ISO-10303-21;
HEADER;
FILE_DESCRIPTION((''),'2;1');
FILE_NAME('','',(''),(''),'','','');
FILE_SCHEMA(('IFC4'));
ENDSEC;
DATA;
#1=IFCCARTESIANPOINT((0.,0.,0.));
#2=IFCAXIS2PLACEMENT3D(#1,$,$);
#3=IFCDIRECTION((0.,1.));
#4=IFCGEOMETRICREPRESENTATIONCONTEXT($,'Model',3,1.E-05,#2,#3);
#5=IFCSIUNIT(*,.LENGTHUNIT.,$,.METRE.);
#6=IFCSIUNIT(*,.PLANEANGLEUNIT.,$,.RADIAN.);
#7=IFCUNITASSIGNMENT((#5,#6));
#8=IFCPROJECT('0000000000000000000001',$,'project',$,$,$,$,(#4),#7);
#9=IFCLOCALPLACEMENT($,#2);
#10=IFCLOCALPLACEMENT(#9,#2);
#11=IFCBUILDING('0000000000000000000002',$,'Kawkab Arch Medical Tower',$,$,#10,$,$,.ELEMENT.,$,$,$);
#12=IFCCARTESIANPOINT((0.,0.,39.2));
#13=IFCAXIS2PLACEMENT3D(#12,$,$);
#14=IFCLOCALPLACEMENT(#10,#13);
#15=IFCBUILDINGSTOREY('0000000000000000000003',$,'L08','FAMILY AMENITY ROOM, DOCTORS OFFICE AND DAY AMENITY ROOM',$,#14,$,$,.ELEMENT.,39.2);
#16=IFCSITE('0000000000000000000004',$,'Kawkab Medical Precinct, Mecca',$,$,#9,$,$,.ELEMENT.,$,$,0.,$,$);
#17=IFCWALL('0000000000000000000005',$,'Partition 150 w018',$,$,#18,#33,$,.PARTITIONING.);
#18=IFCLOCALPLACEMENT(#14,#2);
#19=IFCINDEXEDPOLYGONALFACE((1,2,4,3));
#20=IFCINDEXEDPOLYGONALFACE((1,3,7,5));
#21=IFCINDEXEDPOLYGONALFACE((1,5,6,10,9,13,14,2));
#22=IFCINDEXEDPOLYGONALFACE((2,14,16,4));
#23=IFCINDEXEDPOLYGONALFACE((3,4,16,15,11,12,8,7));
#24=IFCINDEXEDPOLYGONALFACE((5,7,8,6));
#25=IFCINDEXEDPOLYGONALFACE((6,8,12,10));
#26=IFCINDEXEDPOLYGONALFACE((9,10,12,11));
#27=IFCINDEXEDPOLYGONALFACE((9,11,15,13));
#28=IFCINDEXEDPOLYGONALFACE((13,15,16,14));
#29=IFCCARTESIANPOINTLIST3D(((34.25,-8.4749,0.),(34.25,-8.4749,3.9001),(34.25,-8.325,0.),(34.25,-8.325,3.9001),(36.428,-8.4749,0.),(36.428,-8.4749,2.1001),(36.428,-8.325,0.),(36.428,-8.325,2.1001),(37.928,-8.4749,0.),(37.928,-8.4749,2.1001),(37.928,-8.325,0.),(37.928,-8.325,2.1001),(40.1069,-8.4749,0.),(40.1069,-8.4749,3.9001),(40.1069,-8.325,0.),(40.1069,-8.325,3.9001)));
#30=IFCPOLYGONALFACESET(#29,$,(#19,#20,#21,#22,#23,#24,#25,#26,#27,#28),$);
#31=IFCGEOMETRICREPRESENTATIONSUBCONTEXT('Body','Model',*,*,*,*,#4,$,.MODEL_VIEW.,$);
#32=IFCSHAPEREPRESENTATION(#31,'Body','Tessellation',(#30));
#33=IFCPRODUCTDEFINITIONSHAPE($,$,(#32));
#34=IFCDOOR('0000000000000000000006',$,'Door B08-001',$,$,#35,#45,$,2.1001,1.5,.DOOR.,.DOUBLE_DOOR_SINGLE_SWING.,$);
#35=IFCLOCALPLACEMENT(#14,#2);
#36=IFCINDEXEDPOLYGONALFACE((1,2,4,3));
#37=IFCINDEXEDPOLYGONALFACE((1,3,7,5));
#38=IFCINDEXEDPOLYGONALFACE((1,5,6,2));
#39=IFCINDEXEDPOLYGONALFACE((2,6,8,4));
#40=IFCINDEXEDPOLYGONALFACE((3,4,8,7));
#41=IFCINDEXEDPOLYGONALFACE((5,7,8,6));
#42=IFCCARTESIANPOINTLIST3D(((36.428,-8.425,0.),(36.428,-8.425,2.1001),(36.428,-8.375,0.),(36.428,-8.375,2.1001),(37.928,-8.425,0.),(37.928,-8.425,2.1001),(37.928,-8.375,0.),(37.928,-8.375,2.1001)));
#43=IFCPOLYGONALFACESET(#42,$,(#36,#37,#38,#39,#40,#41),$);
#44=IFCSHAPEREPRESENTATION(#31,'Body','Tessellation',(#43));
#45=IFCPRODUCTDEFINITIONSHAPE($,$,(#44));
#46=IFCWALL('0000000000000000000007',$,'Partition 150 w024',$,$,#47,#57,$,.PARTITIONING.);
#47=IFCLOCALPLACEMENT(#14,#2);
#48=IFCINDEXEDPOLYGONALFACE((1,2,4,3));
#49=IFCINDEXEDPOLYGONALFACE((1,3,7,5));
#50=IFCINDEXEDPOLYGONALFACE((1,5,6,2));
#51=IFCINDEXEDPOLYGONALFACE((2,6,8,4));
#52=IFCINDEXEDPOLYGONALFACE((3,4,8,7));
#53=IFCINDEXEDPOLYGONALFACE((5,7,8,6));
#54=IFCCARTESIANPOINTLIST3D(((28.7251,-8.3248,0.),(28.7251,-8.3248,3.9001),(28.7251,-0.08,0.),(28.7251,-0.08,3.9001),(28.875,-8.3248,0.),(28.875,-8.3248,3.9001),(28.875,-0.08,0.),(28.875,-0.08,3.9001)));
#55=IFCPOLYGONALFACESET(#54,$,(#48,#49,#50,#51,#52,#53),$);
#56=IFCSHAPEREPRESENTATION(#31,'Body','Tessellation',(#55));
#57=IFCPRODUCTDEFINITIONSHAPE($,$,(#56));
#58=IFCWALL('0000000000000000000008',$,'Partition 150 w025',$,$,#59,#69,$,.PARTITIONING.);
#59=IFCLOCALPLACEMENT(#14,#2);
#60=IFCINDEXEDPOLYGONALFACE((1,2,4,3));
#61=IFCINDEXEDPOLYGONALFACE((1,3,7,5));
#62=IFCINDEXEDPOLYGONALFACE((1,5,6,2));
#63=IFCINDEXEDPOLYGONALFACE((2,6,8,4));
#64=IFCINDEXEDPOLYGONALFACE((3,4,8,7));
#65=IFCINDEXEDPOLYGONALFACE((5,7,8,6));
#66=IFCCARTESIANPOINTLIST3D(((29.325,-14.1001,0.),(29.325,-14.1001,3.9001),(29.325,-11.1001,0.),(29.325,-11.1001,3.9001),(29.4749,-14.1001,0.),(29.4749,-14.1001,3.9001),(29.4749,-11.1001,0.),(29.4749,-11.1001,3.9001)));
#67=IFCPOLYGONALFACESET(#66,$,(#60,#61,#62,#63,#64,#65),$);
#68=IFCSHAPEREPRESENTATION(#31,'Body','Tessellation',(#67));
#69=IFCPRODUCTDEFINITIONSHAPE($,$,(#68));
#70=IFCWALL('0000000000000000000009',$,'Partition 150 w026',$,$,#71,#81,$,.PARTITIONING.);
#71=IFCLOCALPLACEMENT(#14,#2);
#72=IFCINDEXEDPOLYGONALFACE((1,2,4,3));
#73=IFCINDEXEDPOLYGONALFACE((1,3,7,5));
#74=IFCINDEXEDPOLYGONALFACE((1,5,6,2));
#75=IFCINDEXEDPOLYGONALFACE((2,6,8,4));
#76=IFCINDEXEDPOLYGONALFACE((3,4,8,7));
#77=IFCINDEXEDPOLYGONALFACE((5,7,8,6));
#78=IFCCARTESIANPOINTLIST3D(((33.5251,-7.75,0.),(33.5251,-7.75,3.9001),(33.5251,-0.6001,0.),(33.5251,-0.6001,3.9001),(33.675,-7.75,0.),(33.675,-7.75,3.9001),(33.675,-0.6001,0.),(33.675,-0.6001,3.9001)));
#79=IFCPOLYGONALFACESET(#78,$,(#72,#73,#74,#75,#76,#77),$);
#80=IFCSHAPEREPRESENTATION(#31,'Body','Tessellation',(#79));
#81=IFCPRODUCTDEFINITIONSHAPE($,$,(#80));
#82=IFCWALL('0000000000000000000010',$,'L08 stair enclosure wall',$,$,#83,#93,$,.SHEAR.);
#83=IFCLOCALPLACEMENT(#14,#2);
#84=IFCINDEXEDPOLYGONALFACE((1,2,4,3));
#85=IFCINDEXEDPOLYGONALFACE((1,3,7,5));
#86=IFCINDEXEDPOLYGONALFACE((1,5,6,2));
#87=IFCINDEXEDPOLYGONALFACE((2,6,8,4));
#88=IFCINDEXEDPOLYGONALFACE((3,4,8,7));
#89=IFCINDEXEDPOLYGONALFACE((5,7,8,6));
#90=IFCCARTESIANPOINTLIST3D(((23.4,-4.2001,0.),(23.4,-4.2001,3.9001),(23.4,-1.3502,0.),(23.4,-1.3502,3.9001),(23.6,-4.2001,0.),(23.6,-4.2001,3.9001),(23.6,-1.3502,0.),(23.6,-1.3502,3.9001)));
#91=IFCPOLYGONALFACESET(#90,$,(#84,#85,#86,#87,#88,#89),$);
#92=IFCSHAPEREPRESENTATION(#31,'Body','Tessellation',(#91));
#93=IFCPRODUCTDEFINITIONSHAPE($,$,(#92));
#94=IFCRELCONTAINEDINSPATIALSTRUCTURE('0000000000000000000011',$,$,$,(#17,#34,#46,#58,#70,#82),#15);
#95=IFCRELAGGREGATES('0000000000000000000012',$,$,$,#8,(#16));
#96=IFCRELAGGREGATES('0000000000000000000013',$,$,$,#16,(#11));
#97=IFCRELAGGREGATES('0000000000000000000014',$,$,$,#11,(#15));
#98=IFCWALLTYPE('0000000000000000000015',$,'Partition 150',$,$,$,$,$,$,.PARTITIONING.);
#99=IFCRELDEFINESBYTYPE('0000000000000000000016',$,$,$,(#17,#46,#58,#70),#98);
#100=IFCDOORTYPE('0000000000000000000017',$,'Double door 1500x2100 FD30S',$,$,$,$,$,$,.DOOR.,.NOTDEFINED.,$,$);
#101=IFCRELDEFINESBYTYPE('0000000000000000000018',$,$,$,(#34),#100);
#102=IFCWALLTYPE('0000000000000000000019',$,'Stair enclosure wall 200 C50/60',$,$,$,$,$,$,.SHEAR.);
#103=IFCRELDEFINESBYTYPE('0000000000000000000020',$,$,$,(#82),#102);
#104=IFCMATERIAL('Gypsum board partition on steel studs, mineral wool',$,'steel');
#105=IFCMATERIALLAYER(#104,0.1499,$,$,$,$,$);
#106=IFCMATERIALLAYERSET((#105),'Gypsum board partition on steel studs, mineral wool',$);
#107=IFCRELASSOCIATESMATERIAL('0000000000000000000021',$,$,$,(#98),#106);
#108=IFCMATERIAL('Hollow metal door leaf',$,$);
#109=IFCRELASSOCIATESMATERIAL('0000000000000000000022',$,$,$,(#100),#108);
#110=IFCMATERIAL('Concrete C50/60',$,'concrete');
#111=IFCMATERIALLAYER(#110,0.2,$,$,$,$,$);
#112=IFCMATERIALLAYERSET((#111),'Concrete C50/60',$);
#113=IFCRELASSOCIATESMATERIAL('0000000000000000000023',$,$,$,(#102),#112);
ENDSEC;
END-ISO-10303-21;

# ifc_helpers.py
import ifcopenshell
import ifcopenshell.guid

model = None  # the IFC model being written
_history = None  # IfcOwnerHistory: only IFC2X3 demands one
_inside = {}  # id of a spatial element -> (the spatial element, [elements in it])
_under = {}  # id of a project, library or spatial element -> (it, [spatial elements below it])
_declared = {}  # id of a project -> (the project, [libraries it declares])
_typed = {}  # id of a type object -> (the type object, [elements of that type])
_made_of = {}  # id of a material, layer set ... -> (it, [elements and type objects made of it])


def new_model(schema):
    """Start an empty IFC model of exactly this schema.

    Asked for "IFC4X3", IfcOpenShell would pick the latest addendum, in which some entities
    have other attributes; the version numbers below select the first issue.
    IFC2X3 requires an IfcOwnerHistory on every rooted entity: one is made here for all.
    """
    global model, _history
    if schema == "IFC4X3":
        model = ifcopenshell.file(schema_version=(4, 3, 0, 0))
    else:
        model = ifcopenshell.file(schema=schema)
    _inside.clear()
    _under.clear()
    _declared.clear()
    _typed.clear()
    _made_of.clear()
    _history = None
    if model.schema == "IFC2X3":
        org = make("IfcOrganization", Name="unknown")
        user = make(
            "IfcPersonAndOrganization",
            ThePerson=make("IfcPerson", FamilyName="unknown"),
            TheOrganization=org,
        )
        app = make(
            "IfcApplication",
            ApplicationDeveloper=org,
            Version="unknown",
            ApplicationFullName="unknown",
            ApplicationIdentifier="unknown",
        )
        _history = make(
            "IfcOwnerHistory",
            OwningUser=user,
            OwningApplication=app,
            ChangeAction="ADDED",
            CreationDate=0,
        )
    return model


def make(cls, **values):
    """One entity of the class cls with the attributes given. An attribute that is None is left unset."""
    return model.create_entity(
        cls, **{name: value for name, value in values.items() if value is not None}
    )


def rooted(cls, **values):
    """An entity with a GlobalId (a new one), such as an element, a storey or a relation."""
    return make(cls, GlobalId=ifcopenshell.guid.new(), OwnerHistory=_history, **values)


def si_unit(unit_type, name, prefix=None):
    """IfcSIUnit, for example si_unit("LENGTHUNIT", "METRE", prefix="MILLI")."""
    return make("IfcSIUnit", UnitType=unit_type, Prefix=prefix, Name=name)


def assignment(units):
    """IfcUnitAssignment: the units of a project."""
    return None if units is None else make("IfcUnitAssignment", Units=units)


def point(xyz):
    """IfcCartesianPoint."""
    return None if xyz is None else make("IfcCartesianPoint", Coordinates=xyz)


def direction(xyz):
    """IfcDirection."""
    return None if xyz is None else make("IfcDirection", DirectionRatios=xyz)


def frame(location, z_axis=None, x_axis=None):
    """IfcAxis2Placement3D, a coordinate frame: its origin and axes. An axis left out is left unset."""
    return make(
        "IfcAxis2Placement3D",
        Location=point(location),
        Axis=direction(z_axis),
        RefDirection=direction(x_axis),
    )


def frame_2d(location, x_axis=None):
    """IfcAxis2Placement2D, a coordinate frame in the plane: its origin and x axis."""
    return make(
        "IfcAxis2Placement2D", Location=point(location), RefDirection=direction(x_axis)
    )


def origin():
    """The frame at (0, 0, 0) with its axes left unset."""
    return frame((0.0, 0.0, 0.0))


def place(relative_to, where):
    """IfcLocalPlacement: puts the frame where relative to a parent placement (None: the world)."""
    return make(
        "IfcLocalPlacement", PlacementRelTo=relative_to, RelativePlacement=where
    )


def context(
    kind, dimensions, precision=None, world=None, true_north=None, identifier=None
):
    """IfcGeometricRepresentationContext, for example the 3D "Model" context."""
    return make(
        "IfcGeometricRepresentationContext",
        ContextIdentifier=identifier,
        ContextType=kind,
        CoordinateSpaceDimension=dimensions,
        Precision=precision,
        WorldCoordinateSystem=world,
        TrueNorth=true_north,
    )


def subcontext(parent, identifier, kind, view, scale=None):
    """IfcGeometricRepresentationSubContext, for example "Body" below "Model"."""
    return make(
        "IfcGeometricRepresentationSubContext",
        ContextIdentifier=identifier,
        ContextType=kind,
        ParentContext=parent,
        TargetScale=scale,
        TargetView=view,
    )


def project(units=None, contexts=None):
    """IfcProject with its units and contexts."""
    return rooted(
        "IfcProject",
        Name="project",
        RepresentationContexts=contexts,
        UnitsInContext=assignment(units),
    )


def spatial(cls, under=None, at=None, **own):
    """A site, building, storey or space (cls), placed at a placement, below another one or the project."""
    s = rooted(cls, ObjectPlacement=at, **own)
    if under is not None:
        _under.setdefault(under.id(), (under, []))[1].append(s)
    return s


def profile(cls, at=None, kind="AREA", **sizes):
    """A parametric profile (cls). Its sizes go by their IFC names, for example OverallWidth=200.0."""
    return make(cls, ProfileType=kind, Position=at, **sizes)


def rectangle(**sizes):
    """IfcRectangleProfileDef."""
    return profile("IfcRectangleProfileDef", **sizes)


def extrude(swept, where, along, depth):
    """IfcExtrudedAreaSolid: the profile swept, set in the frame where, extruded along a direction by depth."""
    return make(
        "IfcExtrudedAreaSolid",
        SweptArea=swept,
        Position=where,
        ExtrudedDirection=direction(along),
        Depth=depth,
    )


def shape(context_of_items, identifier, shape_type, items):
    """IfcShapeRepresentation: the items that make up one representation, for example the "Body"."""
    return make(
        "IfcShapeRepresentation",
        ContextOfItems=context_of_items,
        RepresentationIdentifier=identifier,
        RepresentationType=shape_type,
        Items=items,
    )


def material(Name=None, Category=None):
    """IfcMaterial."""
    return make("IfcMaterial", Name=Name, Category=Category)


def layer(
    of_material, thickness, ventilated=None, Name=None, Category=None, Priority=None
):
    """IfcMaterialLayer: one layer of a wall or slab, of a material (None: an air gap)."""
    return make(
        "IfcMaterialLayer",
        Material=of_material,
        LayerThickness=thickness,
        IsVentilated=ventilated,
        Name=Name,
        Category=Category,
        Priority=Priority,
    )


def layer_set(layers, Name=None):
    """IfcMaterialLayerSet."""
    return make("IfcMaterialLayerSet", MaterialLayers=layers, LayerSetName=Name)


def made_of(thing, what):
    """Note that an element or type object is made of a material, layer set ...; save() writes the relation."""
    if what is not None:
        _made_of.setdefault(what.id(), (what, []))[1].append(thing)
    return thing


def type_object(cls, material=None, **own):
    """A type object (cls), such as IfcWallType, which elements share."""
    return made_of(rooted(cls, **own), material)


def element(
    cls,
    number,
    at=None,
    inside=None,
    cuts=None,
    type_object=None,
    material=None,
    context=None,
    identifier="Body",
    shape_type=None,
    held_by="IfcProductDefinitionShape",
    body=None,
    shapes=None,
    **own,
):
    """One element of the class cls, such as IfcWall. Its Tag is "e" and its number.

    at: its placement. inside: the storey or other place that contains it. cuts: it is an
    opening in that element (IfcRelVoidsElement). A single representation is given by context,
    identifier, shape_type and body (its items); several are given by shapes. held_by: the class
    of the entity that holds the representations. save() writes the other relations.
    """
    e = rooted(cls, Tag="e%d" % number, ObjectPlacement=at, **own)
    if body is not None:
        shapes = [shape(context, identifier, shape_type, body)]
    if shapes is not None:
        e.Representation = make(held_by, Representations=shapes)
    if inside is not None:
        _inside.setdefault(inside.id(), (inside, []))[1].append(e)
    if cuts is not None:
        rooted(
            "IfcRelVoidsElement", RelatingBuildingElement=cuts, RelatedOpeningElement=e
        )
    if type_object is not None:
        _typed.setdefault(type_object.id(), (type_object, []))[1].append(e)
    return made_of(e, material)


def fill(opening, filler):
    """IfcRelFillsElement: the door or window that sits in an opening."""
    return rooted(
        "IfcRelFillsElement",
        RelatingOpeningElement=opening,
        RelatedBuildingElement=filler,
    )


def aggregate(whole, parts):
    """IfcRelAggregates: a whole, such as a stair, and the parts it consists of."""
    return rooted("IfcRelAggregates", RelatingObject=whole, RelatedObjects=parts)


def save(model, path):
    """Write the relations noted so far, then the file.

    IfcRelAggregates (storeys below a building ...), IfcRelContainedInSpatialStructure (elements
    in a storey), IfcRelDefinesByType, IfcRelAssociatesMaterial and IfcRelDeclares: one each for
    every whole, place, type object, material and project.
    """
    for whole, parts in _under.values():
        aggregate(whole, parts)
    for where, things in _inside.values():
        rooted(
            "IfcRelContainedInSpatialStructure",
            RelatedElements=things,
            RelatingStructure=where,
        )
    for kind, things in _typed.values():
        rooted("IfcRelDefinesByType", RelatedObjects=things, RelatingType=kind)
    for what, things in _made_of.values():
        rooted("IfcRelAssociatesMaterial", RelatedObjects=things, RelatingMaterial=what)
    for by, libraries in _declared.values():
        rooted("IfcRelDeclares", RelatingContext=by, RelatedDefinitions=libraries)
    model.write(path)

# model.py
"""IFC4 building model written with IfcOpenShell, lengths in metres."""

from ifc_helpers import new_model, si_unit, direction, frame, frame_2d, origin, place, context, subcontext, project, spatial, rectangle, extrude, material, layer, layer_set, type_object, element, fill, save


model = new_model("IFC4")

# Units and contexts
model_context = context("Model", 3, precision=1e-05, world=origin(), true_north=direction((0.0, 1.0)))
body_context = subcontext(model_context, "Body", "Model", "MODEL_VIEW")
ifc_project = project(units=[si_unit("LENGTHUNIT", "METRE"), si_unit("PLANEANGLEUNIT", "RADIAN")], contexts=[model_context])

# Site, building, storey
site_placement = place(None, origin())
site = spatial("IfcSite", under=ifc_project, at=site_placement, Name="Kawkab Medical Precinct, Mecca", CompositionType="ELEMENT", RefElevation=0.0)
building_placement = place(site_placement, origin())
building = spatial("IfcBuilding", under=site, at=building_placement, Name="Kawkab Arch Medical Tower", CompositionType="ELEMENT")
storey_placement = place(building_placement, frame((0.0, 0.0, 39.2)))
storey = spatial("IfcBuildingStorey", under=building, at=storey_placement, Name="L08", Description="FAMILY AMENITY ROOM, DOCTORS OFFICE AND DAY AMENITY ROOM", CompositionType="ELEMENT", Elevation=39.2)

# Shared definitions
ifc_material_1 = material(Name="Gypsum board partition on steel studs, mineral wool", Category="steel")
ifc_layer_1 = layer(ifc_material_1, 0.1499)
ifc_layer_set_1 = layer_set([ifc_layer_1], Name="Gypsum board partition on steel studs, mineral wool")
wall_type_1 = type_object("IfcWallType", Name="Partition 150", PredefinedType="PARTITIONING", material=ifc_layer_set_1)
ifc_material_2 = material(Name="Hollow metal door leaf")
door_type_1 = type_object("IfcDoorType", Name="Double door 1500x2100 FD30S", OperationType="NOTDEFINED", PredefinedType="DOOR", material=ifc_material_2)

# Wall, opening, door
wall_1_placement = place(storey_placement, frame((34.25, -8.3999, 0.0), z_axis=(0.0, 0.0, 1.0), x_axis=(1.0, 0.0, 0.0)))
wall_1 = element("IfcWall", 1, at=wall_1_placement, inside=storey, type_object=wall_type_1, Name="Partition 150 w018", PredefinedType="PARTITIONING", context=body_context, shape_type="SweptSolid", body=[
    extrude(rectangle(XDim=5.8569, YDim=0.1499, at=frame_2d((2.9285, 0.0))), origin(), (0.0, 0.0, 1.0), 3.9001),
])
opening_1_placement = place(wall_1_placement, frame((2.178, 0.0, 0.0)))
opening_1 = element("IfcOpeningElement", 2, at=opening_1_placement, cuts=wall_1, PredefinedType="OPENING", context=body_context, shape_type="SweptSolid", body=[
    extrude(rectangle(XDim=1.5, YDim=2.1001, at=frame_2d((0.75, 1.05))), frame((0.0, 0.085, 0.0), z_axis=(0.0, -1.0, 0.0), x_axis=(1.0, 0.0, 0.0)), (0.0, 0.0, 1.0), 0.1699),
])
door_1_placement = place(opening_1_placement, origin())
door_1 = element("IfcDoor", 3, at=door_1_placement, inside=storey, type_object=door_type_1, Name="Door B08-001", OperationType="DOUBLE_DOOR_SINGLE_SWING", OverallHeight=2.1001, OverallWidth=1.5, PredefinedType="DOOR", context=body_context, shape_type="SweptSolid", body=[
    extrude(rectangle(XDim=1.5, YDim=2.1001, at=frame_2d((0.75, 1.05))), frame((0.0, 0.0249, 0.0), z_axis=(0.0, -1.0, 0.0), x_axis=(1.0, 0.0, 0.0)), (0.0, 0.0, 1.0), 0.05),
])
fill(opening_1, door_1)

# Walls
wall_2_placement = place(storey_placement, frame((28.8, -8.325, 0.0), z_axis=(0.0, 0.0, 1.0), x_axis=(0.0, 1.0, 0.0)))
element("IfcWall", 4, at=wall_2_placement, inside=storey, type_object=wall_type_1, Name="Partition 150 w024", PredefinedType="PARTITIONING", context=body_context, shape_type="SweptSolid", body=[
    extrude(rectangle(XDim=8.2449, YDim=0.1499, at=frame_2d((4.1226, 0.0))), origin(), (0.0, 0.0, 1.0), 3.9001),
])
wall_3_placement = place(storey_placement, frame((29.3999, -14.1001, 0.0), z_axis=(0.0, 0.0, 1.0), x_axis=(0.0, 1.0, 0.0)))
element("IfcWall", 5, at=wall_3_placement, inside=storey, type_object=wall_type_1, Name="Partition 150 w025", PredefinedType="PARTITIONING", context=body_context, shape_type="SweptSolid", body=[
    extrude(rectangle(XDim=3.0, YDim=0.1499, at=frame_2d((1.5, 0.0))), origin(), (0.0, 0.0, 1.0), 3.9001),
])
wall_4_placement = place(storey_placement, frame((33.6001, -7.75, 0.0), z_axis=(0.0, 0.0, 1.0), x_axis=(0.0, 1.0, 0.0)))
element("IfcWall", 6, at=wall_4_placement, inside=storey, type_object=wall_type_1, Name="Partition 150 w026", PredefinedType="PARTITIONING", context=body_context, shape_type="SweptSolid", body=[
    extrude(rectangle(XDim=7.1499, YDim=0.1499, at=frame_2d((3.575, 0.0))), origin(), (0.0, 0.0, 1.0), 3.9001),
])
ifc_material_3 = material(Name="Concrete C50/60", Category="concrete")
ifc_layer_2 = layer(ifc_material_3, 0.2)
ifc_layer_set_2 = layer_set([ifc_layer_2], Name="Concrete C50/60")
wall_type_2 = type_object("IfcWallType", Name="Stair enclosure wall 200 C50/60", PredefinedType="SHEAR", material=ifc_layer_set_2)
wall_5_placement = place(storey_placement, frame((23.5, -4.2, 0.0), z_axis=(0.0, 0.0, 1.0), x_axis=(0.0, 1.0, 0.0)))
element("IfcWall", 7, at=wall_5_placement, inside=storey, type_object=wall_type_2, Name="L08 stair enclosure wall", PredefinedType="SHEAR", context=body_context, shape_type="SweptSolid", body=[
    extrude(rectangle(XDim=2.8499, YDim=0.2, at=frame_2d((1.4248, 0.0))), origin(), (0.0, 0.0, 1.0), 3.9001),
])

save(model, "model.ifc")
